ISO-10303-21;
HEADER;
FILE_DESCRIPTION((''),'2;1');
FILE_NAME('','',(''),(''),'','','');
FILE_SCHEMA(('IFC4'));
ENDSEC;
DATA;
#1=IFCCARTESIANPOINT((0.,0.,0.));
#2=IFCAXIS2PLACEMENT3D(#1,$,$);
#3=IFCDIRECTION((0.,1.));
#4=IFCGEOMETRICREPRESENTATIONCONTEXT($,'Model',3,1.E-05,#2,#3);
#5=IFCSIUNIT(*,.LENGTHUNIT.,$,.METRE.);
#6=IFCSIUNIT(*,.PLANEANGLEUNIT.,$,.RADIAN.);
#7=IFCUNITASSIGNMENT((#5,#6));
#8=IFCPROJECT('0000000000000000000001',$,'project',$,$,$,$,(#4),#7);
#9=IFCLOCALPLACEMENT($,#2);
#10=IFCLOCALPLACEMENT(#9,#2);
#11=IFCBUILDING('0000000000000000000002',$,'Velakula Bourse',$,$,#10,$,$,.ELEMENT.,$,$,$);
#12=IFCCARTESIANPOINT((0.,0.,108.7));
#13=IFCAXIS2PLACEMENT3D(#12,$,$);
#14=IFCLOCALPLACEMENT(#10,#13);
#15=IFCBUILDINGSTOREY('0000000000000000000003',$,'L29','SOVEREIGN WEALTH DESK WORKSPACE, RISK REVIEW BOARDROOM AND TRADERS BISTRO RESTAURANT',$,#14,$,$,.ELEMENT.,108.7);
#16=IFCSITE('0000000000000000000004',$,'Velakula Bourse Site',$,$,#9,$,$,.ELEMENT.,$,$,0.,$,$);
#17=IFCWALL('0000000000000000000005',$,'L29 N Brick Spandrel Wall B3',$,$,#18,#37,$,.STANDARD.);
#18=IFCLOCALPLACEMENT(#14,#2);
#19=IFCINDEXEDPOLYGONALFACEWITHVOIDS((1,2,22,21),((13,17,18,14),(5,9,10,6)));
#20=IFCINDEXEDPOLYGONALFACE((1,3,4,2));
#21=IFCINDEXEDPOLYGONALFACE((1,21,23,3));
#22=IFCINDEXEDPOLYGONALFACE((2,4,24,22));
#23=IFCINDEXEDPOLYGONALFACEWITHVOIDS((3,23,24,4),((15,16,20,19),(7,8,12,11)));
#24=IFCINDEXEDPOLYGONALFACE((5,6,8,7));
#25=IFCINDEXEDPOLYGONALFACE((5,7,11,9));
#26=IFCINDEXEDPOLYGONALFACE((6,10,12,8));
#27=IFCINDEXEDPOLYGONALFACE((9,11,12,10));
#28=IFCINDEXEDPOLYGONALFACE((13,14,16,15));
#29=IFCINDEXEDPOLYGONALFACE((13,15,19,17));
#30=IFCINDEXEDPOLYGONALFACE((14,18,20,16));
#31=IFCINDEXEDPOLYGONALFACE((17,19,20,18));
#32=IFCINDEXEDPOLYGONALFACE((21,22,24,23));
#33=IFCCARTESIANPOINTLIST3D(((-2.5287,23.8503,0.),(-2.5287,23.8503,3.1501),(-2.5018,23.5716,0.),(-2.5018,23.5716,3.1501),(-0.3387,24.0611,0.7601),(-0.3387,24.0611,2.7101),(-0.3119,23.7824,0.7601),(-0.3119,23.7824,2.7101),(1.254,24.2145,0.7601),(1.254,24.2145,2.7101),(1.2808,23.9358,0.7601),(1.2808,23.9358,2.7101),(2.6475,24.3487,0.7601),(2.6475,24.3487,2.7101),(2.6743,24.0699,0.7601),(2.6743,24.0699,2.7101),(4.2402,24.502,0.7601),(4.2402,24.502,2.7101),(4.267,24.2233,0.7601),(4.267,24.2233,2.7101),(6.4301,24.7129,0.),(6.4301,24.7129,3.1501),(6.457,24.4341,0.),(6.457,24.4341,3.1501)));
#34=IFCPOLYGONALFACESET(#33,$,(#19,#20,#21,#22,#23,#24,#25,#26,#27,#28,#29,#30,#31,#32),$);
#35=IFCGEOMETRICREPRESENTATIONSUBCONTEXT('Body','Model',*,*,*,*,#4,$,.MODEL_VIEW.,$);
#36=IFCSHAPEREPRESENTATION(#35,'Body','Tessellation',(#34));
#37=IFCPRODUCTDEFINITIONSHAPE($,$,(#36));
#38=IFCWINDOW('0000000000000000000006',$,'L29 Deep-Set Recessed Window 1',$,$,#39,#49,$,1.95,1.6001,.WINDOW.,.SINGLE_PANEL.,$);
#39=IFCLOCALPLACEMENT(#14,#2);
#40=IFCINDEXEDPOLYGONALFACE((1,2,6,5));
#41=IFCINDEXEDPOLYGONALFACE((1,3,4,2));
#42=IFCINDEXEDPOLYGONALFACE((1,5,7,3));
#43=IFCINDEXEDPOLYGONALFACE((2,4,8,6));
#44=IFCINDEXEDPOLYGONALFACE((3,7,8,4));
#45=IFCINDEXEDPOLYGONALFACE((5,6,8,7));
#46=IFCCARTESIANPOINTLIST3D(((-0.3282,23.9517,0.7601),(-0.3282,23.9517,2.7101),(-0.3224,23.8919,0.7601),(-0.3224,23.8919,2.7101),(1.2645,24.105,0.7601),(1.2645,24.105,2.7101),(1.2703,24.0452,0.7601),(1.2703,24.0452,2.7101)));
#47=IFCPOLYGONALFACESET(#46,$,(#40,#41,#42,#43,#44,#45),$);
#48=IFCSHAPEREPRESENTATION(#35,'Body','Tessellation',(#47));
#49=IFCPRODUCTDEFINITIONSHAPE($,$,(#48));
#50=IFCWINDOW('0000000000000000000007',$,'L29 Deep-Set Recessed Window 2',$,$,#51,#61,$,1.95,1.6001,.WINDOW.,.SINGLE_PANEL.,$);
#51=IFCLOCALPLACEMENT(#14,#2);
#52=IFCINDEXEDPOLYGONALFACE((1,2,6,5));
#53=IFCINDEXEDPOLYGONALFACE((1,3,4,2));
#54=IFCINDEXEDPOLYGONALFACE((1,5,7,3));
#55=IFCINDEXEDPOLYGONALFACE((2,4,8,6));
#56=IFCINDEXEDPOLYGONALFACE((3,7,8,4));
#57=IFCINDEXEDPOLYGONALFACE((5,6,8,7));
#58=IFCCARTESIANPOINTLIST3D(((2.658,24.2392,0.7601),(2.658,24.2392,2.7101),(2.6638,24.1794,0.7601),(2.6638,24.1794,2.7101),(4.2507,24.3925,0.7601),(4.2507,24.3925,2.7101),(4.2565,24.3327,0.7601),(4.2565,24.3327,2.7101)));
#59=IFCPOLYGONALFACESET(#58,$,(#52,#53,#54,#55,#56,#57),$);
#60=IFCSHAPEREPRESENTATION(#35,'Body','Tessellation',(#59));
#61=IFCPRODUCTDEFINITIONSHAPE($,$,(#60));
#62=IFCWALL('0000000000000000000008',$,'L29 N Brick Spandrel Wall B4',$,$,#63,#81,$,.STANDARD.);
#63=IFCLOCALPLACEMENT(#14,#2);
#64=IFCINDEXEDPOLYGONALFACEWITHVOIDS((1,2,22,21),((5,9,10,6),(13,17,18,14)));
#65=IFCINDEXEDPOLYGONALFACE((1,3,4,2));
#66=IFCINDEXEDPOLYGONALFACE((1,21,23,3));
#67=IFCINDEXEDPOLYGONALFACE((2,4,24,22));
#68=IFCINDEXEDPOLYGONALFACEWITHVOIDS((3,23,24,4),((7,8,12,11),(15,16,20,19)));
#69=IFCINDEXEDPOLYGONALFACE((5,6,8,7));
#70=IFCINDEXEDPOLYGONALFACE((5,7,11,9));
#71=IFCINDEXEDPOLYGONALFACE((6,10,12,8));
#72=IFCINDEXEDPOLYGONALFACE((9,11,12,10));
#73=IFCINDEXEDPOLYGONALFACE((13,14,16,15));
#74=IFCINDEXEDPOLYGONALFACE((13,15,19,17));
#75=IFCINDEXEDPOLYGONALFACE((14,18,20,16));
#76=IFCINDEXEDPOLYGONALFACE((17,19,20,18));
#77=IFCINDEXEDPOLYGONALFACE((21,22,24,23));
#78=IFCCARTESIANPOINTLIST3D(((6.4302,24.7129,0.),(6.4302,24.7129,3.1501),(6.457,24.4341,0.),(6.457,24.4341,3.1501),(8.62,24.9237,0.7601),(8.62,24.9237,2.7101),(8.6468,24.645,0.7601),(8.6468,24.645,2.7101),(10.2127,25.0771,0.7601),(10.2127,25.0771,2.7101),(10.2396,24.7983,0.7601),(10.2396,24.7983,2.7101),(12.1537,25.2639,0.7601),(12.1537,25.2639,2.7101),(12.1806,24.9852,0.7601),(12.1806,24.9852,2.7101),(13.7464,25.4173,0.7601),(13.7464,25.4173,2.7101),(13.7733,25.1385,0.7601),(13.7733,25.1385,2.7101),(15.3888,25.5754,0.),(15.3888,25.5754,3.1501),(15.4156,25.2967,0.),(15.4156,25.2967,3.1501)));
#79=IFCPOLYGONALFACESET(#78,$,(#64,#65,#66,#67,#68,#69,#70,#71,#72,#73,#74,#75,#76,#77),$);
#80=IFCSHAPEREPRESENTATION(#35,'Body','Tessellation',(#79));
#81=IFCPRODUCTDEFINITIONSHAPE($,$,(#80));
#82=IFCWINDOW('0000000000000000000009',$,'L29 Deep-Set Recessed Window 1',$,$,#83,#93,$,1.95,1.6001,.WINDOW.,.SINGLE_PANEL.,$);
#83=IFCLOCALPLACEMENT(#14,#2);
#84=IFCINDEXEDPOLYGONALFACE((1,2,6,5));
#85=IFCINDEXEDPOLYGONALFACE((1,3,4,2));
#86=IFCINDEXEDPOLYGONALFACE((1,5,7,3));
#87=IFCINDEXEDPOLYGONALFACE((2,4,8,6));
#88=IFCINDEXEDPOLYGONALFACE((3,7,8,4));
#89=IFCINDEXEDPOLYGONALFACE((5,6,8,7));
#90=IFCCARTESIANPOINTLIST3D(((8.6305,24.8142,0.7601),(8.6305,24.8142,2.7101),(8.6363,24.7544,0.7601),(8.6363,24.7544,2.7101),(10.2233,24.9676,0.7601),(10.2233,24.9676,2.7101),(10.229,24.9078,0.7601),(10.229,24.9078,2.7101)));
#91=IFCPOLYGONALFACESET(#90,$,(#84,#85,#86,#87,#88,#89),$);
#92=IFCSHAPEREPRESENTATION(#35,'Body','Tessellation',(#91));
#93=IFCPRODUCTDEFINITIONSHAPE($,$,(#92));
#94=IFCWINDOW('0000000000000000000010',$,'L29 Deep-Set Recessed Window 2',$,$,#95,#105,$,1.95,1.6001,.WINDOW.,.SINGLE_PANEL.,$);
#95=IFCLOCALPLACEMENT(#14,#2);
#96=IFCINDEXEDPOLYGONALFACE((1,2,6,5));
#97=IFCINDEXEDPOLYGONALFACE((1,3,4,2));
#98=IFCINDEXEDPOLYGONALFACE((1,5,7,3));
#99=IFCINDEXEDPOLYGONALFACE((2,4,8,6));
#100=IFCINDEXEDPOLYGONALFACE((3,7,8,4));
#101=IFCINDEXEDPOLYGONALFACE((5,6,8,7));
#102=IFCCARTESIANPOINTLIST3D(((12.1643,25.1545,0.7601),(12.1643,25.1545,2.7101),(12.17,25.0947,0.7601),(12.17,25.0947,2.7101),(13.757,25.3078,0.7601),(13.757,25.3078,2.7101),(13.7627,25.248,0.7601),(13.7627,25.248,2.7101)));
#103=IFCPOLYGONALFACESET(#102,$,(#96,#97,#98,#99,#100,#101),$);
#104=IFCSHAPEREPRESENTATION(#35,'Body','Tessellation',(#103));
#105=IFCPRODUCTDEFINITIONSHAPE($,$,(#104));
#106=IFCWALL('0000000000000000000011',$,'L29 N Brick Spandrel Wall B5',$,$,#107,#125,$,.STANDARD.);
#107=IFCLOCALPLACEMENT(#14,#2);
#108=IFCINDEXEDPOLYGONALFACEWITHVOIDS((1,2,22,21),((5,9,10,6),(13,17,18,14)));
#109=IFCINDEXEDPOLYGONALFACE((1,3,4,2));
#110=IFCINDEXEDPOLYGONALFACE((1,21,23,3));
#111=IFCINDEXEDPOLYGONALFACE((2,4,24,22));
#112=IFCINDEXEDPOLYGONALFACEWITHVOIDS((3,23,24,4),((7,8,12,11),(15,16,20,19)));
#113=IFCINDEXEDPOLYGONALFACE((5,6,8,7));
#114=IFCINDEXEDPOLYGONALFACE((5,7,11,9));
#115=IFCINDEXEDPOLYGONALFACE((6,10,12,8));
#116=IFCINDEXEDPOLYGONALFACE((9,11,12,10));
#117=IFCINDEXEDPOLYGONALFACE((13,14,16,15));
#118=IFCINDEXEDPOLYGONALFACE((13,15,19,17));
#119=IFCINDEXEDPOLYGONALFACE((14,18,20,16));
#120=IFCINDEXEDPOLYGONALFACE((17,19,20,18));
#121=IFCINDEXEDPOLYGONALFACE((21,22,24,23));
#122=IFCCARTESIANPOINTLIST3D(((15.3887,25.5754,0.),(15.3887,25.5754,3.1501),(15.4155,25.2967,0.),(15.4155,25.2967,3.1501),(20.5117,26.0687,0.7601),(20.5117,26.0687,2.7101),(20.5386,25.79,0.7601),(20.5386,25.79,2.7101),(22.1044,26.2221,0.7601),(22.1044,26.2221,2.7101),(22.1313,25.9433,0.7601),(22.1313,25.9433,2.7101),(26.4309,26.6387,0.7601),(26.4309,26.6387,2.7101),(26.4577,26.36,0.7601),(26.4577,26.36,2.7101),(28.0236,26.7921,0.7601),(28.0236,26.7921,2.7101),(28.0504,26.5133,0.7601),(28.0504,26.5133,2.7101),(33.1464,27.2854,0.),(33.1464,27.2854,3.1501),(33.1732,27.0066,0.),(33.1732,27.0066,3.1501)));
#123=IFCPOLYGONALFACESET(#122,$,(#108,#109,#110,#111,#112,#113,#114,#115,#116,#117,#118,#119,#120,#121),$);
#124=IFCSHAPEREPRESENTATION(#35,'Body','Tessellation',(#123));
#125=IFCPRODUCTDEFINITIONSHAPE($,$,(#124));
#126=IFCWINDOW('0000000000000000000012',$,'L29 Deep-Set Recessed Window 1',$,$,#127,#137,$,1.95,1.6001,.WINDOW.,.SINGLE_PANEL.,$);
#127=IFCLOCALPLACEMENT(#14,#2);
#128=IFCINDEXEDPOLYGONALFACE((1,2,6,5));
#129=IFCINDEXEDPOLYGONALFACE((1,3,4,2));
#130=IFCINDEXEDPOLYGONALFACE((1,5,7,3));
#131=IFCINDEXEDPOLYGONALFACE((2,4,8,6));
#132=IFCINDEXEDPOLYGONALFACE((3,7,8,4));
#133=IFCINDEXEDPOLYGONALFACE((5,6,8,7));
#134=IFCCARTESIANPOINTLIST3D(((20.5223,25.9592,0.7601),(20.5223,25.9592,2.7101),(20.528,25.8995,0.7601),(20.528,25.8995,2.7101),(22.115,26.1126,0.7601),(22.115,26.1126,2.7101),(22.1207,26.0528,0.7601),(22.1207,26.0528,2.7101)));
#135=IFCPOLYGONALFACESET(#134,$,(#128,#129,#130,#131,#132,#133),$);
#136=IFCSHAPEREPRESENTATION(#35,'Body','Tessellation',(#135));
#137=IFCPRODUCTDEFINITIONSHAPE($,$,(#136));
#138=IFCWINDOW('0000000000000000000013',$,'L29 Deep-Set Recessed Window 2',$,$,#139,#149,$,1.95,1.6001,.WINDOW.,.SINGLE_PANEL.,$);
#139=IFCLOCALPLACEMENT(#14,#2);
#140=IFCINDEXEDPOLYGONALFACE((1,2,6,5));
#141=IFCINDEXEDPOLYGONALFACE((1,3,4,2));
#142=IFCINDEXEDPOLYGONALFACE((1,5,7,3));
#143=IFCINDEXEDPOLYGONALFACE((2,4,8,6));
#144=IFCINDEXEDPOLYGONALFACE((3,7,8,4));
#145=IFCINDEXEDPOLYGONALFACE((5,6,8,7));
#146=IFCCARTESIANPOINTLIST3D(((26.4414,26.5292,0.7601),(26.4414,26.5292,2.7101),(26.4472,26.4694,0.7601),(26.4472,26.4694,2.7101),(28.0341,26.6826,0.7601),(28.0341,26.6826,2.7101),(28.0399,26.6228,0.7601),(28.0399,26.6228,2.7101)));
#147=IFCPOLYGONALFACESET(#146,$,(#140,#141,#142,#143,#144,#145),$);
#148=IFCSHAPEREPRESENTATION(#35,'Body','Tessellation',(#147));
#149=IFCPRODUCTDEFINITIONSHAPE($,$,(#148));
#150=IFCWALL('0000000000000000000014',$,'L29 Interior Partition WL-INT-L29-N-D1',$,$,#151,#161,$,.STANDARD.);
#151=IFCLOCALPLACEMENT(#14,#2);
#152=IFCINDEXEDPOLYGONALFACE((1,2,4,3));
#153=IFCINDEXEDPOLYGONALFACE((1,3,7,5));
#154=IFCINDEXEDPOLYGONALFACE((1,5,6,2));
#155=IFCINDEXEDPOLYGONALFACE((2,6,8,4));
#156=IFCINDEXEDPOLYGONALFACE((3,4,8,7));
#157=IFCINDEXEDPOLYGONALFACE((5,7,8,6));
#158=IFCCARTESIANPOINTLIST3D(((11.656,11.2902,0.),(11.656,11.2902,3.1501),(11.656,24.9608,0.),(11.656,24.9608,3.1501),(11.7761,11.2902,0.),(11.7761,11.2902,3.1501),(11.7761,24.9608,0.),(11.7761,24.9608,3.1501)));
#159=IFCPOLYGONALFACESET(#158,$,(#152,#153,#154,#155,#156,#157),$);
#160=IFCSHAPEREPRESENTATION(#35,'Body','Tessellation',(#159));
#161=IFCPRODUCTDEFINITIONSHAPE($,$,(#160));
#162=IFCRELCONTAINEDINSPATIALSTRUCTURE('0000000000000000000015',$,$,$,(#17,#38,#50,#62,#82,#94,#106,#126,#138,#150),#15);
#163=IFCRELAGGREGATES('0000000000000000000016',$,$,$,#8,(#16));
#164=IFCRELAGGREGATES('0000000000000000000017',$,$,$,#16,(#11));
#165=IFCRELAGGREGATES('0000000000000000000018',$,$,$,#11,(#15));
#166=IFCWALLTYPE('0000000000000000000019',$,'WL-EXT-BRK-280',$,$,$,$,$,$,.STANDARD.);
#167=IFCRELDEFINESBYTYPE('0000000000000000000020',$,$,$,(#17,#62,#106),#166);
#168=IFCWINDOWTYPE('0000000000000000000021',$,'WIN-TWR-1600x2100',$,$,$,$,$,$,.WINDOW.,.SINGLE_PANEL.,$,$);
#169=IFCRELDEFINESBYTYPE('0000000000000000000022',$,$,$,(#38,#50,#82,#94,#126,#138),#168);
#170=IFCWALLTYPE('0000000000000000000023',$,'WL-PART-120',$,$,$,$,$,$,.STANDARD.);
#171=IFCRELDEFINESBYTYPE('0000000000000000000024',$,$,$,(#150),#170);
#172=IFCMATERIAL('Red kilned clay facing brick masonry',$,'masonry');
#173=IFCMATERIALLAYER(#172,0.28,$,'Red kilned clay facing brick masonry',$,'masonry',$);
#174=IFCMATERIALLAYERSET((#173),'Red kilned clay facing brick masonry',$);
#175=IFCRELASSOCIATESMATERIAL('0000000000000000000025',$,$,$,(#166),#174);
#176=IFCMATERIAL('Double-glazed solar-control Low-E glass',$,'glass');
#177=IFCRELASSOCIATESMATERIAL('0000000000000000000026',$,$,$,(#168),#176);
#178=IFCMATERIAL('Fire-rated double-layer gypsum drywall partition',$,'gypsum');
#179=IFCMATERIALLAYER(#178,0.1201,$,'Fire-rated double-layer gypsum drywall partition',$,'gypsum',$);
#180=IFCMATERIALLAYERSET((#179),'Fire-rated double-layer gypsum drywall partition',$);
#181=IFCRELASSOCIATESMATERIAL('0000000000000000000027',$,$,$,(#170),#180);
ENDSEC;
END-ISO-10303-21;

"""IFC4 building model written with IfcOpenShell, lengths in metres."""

from ifc_helpers import new_model, si_unit, direction, frame, frame_2d, origin, place, context, subcontext, project, spatial, rectangle, extrude, material, layer, layer_set, type_object, element, fill, save


model = new_model("IFC4")

# Units and contexts
model_context = context("Model", 3, precision=1e-05, world=origin(), true_north=direction((0.0, 1.0)))
body_context = subcontext(model_context, "Body", "Model", "MODEL_VIEW")
ifc_project = project(units=[si_unit("LENGTHUNIT", "METRE"), si_unit("PLANEANGLEUNIT", "RADIAN")], contexts=[model_context])

# Site, building, storey
site_placement = place(None, origin())
site = spatial("IfcSite", under=ifc_project, at=site_placement, Name="Velakula Bourse Site", CompositionType="ELEMENT", RefElevation=0.0)
building_placement = place(site_placement, origin())
building = spatial("IfcBuilding", under=site, at=building_placement, Name="Velakula Bourse", CompositionType="ELEMENT")
storey_placement = place(building_placement, frame((0.0, 0.0, 108.7)))
storey = spatial("IfcBuildingStorey", under=building, at=storey_placement, Name="L29", Description="SOVEREIGN WEALTH DESK WORKSPACE, RISK REVIEW BOARDROOM AND TRADERS BISTRO RESTAURANT", CompositionType="ELEMENT", Elevation=108.7)

# Walls, openings, windows
ifc_material_1 = material(Name="Red kilned clay facing brick masonry", Category="masonry")
ifc_layer_1 = layer(ifc_material_1, 0.28, Name="Red kilned clay facing brick masonry", Category="masonry")
ifc_layer_set_1 = layer_set([ifc_layer_1], Name="Red kilned clay facing brick masonry")
wall_type_1 = type_object("IfcWallType", Name="WL-EXT-BRK-280", PredefinedType="STANDARD", material=ifc_layer_set_1)
wall_1_placement = place(storey_placement, frame((-2.5151, 23.7109, 0.0), z_axis=(0.0, 0.0, 1.0), x_axis=(0.995397, 0.095837, 0.0)))
wall_1 = element("IfcWall", 1, at=wall_1_placement, inside=storey, type_object=wall_type_1, Name="L29 N Brick Spandrel Wall B3", PredefinedType="STANDARD", context=body_context, shape_type="SweptSolid", body=[
    extrude(rectangle(XDim=9.0002, YDim=0.28, at=frame_2d((4.5, 0.0))), origin(), (0.0, 0.0, 1.0), 3.1501),
])
opening_1_placement = place(wall_1_placement, frame((2.2, 0.0, 0.76)))
opening_1 = element("IfcOpeningElement", 2, at=opening_1_placement, cuts=wall_1, PredefinedType="OPENING", context=body_context, shape_type="SweptSolid", body=[
    extrude(rectangle(XDim=1.6001, YDim=1.95, at=frame_2d((0.8, 0.9751))), frame((0.0, 0.1499, 0.0), z_axis=(0.0, -1.0, 0.0), x_axis=(1.0, 0.0, 0.0)), (0.0, 0.0, 1.0), 0.3),
])
opening_2_placement = place(wall_1_placement, frame((5.2, 0.0, 0.76)))
opening_2 = element("IfcOpeningElement", 3, at=opening_2_placement, cuts=wall_1, PredefinedType="OPENING", context=body_context, shape_type="SweptSolid", body=[
    extrude(rectangle(XDim=1.6001, YDim=1.95, at=frame_2d((0.8, 0.9751))), frame((0.0, 0.1499, 0.0), z_axis=(0.0, -1.0, 0.0), x_axis=(1.0, 0.0, 0.0)), (0.0, 0.0, 1.0), 0.3),
])
ifc_material_2 = material(Name="Double-glazed solar-control Low-E glass", Category="glass")
window_type = type_object("IfcWindowType", Name="WIN-TWR-1600x2100", PartitioningType="SINGLE_PANEL", PredefinedType="WINDOW", material=ifc_material_2)
window_1_placement = place(opening_1_placement, origin())
window_1 = element("IfcWindow", 4, at=window_1_placement, inside=storey, type_object=window_type, Name="L29 Deep-Set Recessed Window 1", OverallHeight=1.95, OverallWidth=1.6001, PartitioningType="SINGLE_PANEL", PredefinedType="WINDOW", context=body_context, shape_type="SweptSolid", body=[
    extrude(rectangle(XDim=1.6001, YDim=1.95, at=frame_2d((0.8, 0.9751))), frame((0.0, 0.03, 0.0), z_axis=(0.0, -1.0, 0.0), x_axis=(1.0, 0.0, 0.0)), (0.0, 0.0, 1.0), 0.0601),
])
fill(opening_1, window_1)
window_2_placement = place(opening_2_placement, origin())
window_2 = element("IfcWindow", 5, at=window_2_placement, inside=storey, type_object=window_type, Name="L29 Deep-Set Recessed Window 2", OverallHeight=1.95, OverallWidth=1.6001, PartitioningType="SINGLE_PANEL", PredefinedType="WINDOW", context=body_context, shape_type="SweptSolid", body=[
    extrude(rectangle(XDim=1.6001, YDim=1.95, at=frame_2d((0.8, 0.9751))), frame((0.0, 0.03, 0.0), z_axis=(0.0, -1.0, 0.0), x_axis=(1.0, 0.0, 0.0)), (0.0, 0.0, 1.0), 0.0601),
])
fill(opening_2, window_2)
wall_2_placement = place(storey_placement, frame((6.4436, 24.5735, 0.0), z_axis=(0.0, 0.0, 1.0), x_axis=(0.995397, 0.09584, 0.0)))
wall_2 = element("IfcWall", 6, at=wall_2_placement, inside=storey, type_object=wall_type_1, Name="L29 N Brick Spandrel Wall B4", PredefinedType="STANDARD", context=body_context, shape_type="SweptSolid", body=[
    extrude(rectangle(XDim=9.0, YDim=0.28, at=frame_2d((4.5, 0.0))), origin(), (0.0, 0.0, 1.0), 3.1501),
])
opening_3_placement = place(wall_2_placement, frame((2.2, 0.0, 0.76)))
opening_3 = element("IfcOpeningElement", 7, at=opening_3_placement, cuts=wall_2, PredefinedType="OPENING", context=body_context, shape_type="SweptSolid", body=[
    extrude(rectangle(XDim=1.6001, YDim=1.95, at=frame_2d((0.8, 0.9751))), frame((0.0, 0.1499, 0.0), z_axis=(0.0, -1.0, 0.0), x_axis=(1.0, 0.0, 0.0)), (0.0, 0.0, 1.0), 0.3),
])
opening_4_placement = place(wall_2_placement, frame((5.75, 0.0, 0.76)))
opening_4 = element("IfcOpeningElement", 8, at=opening_4_placement, cuts=wall_2, PredefinedType="OPENING", context=body_context, shape_type="SweptSolid", body=[
    extrude(rectangle(XDim=1.6001, YDim=1.95, at=frame_2d((0.8, 0.9751))), frame((0.0, 0.1499, 0.0), z_axis=(0.0, -1.0, 0.0), x_axis=(1.0, 0.0, 0.0)), (0.0, 0.0, 1.0), 0.3),
])
window_3_placement = place(opening_3_placement, origin())
window_3 = element("IfcWindow", 9, at=window_3_placement, inside=storey, type_object=window_type, Name="L29 Deep-Set Recessed Window 1", OverallHeight=1.95, OverallWidth=1.6001, PartitioningType="SINGLE_PANEL", PredefinedType="WINDOW", context=body_context, shape_type="SweptSolid", body=[
    extrude(rectangle(XDim=1.6001, YDim=1.95, at=frame_2d((0.8, 0.9751))), frame((0.0, 0.03, 0.0), z_axis=(0.0, -1.0, 0.0), x_axis=(1.0, 0.0, 0.0)), (0.0, 0.0, 1.0), 0.0601),
])
fill(opening_3, window_3)
window_4_placement = place(opening_4_placement, origin())
window_4 = element("IfcWindow", 10, at=window_4_placement, inside=storey, type_object=window_type, Name="L29 Deep-Set Recessed Window 2", OverallHeight=1.95, OverallWidth=1.6001, PartitioningType="SINGLE_PANEL", PredefinedType="WINDOW", context=body_context, shape_type="SweptSolid", body=[
    extrude(rectangle(XDim=1.6001, YDim=1.95, at=frame_2d((0.8, 0.9751))), frame((0.0, 0.03, 0.0), z_axis=(0.0, -1.0, 0.0), x_axis=(1.0, 0.0, 0.0)), (0.0, 0.0, 1.0), 0.0601),
])
fill(opening_4, window_4)
wall_3_placement = place(storey_placement, frame((15.4021, 25.436, 0.0), z_axis=(0.0, 0.0, 1.0), x_axis=(0.995396, 0.09585, 0.0)))
wall_3 = element("IfcWall", 11, at=wall_3_placement, inside=storey, type_object=wall_type_1, Name="L29 N Brick Spandrel Wall B5", PredefinedType="STANDARD", context=body_context, shape_type="SweptSolid", body=[
    extrude(rectangle(XDim=17.8398, YDim=0.28, at=frame_2d((8.9199, 0.0))), origin(), (0.0, 0.0, 1.0), 3.1501),
])
opening_5_placement = place(wall_3_placement, frame((5.1467, 0.0, 0.76)))
opening_5 = element("IfcOpeningElement", 12, at=opening_5_placement, cuts=wall_3, PredefinedType="OPENING", context=body_context, shape_type="SweptSolid", body=[
    extrude(rectangle(XDim=1.6001, YDim=1.95, at=frame_2d((0.8, 0.9751))), frame((0.0, 0.1499, 0.0), z_axis=(0.0, -1.0, 0.0), x_axis=(1.0, 0.0, 0.0)), (0.0, 0.0, 1.0), 0.3),
])
opening_6_placement = place(wall_3_placement, frame((11.0933, 0.0, 0.76)))
opening_6 = element("IfcOpeningElement", 13, at=opening_6_placement, cuts=wall_3, PredefinedType="OPENING", context=body_context, shape_type="SweptSolid", body=[
    extrude(rectangle(XDim=1.6001, YDim=1.95, at=frame_2d((0.8, 0.9751))), frame((0.0, 0.1499, 0.0), z_axis=(0.0, -1.0, 0.0), x_axis=(1.0, 0.0, 0.0)), (0.0, 0.0, 1.0), 0.3),
])
window_5_placement = place(opening_5_placement, origin())
window_5 = element("IfcWindow", 14, at=window_5_placement, inside=storey, type_object=window_type, Name="L29 Deep-Set Recessed Window 1", OverallHeight=1.95, OverallWidth=1.6001, PartitioningType="SINGLE_PANEL", PredefinedType="WINDOW", context=body_context, shape_type="SweptSolid", body=[
    extrude(rectangle(XDim=1.6001, YDim=1.95, at=frame_2d((0.8, 0.9751))), frame((0.0, 0.03, 0.0), z_axis=(0.0, -1.0, 0.0), x_axis=(1.0, 0.0, 0.0)), (0.0, 0.0, 1.0), 0.0601),
])
fill(opening_5, window_5)
window_6_placement = place(opening_6_placement, origin())
window_6 = element("IfcWindow", 15, at=window_6_placement, inside=storey, type_object=window_type, Name="L29 Deep-Set Recessed Window 2", OverallHeight=1.95, OverallWidth=1.6001, PartitioningType="SINGLE_PANEL", PredefinedType="WINDOW", context=body_context, shape_type="SweptSolid", body=[
    extrude(rectangle(XDim=1.6001, YDim=1.95, at=frame_2d((0.8, 0.9751))), frame((0.0, 0.03, 0.0), z_axis=(0.0, -1.0, 0.0), x_axis=(1.0, 0.0, 0.0)), (0.0, 0.0, 1.0), 0.0601),
])
fill(opening_6, window_6)

# Wall
ifc_material_3 = material(Name="Fire-rated double-layer gypsum drywall partition", Category="gypsum")
ifc_layer_2 = layer(ifc_material_3, 0.1201, Name="Fire-rated double-layer gypsum drywall partition", Category="gypsum")
ifc_layer_set_2 = layer_set([ifc_layer_2], Name="Fire-rated double-layer gypsum drywall partition")
wall_type_2 = type_object("IfcWallType", Name="WL-PART-120", PredefinedType="STANDARD", material=ifc_layer_set_2)
wall_4_placement = place(storey_placement, frame((11.7161, 11.29, 0.0), z_axis=(0.0, 0.0, 1.0), x_axis=(0.0, 1.0, 0.0)))
element("IfcWall", 16, at=wall_4_placement, inside=storey, type_object=wall_type_2, Name="L29 Interior Partition WL-INT-L29-N-D1", PredefinedType="STANDARD", context=body_context, shape_type="SweptSolid", body=[
    extrude(rectangle(XDim=13.6707, YDim=0.1201, at=frame_2d((6.8354, 0.0))), origin(), (0.0, 0.0, 1.0), 3.1501),
])

save(model, "model.ifc")
